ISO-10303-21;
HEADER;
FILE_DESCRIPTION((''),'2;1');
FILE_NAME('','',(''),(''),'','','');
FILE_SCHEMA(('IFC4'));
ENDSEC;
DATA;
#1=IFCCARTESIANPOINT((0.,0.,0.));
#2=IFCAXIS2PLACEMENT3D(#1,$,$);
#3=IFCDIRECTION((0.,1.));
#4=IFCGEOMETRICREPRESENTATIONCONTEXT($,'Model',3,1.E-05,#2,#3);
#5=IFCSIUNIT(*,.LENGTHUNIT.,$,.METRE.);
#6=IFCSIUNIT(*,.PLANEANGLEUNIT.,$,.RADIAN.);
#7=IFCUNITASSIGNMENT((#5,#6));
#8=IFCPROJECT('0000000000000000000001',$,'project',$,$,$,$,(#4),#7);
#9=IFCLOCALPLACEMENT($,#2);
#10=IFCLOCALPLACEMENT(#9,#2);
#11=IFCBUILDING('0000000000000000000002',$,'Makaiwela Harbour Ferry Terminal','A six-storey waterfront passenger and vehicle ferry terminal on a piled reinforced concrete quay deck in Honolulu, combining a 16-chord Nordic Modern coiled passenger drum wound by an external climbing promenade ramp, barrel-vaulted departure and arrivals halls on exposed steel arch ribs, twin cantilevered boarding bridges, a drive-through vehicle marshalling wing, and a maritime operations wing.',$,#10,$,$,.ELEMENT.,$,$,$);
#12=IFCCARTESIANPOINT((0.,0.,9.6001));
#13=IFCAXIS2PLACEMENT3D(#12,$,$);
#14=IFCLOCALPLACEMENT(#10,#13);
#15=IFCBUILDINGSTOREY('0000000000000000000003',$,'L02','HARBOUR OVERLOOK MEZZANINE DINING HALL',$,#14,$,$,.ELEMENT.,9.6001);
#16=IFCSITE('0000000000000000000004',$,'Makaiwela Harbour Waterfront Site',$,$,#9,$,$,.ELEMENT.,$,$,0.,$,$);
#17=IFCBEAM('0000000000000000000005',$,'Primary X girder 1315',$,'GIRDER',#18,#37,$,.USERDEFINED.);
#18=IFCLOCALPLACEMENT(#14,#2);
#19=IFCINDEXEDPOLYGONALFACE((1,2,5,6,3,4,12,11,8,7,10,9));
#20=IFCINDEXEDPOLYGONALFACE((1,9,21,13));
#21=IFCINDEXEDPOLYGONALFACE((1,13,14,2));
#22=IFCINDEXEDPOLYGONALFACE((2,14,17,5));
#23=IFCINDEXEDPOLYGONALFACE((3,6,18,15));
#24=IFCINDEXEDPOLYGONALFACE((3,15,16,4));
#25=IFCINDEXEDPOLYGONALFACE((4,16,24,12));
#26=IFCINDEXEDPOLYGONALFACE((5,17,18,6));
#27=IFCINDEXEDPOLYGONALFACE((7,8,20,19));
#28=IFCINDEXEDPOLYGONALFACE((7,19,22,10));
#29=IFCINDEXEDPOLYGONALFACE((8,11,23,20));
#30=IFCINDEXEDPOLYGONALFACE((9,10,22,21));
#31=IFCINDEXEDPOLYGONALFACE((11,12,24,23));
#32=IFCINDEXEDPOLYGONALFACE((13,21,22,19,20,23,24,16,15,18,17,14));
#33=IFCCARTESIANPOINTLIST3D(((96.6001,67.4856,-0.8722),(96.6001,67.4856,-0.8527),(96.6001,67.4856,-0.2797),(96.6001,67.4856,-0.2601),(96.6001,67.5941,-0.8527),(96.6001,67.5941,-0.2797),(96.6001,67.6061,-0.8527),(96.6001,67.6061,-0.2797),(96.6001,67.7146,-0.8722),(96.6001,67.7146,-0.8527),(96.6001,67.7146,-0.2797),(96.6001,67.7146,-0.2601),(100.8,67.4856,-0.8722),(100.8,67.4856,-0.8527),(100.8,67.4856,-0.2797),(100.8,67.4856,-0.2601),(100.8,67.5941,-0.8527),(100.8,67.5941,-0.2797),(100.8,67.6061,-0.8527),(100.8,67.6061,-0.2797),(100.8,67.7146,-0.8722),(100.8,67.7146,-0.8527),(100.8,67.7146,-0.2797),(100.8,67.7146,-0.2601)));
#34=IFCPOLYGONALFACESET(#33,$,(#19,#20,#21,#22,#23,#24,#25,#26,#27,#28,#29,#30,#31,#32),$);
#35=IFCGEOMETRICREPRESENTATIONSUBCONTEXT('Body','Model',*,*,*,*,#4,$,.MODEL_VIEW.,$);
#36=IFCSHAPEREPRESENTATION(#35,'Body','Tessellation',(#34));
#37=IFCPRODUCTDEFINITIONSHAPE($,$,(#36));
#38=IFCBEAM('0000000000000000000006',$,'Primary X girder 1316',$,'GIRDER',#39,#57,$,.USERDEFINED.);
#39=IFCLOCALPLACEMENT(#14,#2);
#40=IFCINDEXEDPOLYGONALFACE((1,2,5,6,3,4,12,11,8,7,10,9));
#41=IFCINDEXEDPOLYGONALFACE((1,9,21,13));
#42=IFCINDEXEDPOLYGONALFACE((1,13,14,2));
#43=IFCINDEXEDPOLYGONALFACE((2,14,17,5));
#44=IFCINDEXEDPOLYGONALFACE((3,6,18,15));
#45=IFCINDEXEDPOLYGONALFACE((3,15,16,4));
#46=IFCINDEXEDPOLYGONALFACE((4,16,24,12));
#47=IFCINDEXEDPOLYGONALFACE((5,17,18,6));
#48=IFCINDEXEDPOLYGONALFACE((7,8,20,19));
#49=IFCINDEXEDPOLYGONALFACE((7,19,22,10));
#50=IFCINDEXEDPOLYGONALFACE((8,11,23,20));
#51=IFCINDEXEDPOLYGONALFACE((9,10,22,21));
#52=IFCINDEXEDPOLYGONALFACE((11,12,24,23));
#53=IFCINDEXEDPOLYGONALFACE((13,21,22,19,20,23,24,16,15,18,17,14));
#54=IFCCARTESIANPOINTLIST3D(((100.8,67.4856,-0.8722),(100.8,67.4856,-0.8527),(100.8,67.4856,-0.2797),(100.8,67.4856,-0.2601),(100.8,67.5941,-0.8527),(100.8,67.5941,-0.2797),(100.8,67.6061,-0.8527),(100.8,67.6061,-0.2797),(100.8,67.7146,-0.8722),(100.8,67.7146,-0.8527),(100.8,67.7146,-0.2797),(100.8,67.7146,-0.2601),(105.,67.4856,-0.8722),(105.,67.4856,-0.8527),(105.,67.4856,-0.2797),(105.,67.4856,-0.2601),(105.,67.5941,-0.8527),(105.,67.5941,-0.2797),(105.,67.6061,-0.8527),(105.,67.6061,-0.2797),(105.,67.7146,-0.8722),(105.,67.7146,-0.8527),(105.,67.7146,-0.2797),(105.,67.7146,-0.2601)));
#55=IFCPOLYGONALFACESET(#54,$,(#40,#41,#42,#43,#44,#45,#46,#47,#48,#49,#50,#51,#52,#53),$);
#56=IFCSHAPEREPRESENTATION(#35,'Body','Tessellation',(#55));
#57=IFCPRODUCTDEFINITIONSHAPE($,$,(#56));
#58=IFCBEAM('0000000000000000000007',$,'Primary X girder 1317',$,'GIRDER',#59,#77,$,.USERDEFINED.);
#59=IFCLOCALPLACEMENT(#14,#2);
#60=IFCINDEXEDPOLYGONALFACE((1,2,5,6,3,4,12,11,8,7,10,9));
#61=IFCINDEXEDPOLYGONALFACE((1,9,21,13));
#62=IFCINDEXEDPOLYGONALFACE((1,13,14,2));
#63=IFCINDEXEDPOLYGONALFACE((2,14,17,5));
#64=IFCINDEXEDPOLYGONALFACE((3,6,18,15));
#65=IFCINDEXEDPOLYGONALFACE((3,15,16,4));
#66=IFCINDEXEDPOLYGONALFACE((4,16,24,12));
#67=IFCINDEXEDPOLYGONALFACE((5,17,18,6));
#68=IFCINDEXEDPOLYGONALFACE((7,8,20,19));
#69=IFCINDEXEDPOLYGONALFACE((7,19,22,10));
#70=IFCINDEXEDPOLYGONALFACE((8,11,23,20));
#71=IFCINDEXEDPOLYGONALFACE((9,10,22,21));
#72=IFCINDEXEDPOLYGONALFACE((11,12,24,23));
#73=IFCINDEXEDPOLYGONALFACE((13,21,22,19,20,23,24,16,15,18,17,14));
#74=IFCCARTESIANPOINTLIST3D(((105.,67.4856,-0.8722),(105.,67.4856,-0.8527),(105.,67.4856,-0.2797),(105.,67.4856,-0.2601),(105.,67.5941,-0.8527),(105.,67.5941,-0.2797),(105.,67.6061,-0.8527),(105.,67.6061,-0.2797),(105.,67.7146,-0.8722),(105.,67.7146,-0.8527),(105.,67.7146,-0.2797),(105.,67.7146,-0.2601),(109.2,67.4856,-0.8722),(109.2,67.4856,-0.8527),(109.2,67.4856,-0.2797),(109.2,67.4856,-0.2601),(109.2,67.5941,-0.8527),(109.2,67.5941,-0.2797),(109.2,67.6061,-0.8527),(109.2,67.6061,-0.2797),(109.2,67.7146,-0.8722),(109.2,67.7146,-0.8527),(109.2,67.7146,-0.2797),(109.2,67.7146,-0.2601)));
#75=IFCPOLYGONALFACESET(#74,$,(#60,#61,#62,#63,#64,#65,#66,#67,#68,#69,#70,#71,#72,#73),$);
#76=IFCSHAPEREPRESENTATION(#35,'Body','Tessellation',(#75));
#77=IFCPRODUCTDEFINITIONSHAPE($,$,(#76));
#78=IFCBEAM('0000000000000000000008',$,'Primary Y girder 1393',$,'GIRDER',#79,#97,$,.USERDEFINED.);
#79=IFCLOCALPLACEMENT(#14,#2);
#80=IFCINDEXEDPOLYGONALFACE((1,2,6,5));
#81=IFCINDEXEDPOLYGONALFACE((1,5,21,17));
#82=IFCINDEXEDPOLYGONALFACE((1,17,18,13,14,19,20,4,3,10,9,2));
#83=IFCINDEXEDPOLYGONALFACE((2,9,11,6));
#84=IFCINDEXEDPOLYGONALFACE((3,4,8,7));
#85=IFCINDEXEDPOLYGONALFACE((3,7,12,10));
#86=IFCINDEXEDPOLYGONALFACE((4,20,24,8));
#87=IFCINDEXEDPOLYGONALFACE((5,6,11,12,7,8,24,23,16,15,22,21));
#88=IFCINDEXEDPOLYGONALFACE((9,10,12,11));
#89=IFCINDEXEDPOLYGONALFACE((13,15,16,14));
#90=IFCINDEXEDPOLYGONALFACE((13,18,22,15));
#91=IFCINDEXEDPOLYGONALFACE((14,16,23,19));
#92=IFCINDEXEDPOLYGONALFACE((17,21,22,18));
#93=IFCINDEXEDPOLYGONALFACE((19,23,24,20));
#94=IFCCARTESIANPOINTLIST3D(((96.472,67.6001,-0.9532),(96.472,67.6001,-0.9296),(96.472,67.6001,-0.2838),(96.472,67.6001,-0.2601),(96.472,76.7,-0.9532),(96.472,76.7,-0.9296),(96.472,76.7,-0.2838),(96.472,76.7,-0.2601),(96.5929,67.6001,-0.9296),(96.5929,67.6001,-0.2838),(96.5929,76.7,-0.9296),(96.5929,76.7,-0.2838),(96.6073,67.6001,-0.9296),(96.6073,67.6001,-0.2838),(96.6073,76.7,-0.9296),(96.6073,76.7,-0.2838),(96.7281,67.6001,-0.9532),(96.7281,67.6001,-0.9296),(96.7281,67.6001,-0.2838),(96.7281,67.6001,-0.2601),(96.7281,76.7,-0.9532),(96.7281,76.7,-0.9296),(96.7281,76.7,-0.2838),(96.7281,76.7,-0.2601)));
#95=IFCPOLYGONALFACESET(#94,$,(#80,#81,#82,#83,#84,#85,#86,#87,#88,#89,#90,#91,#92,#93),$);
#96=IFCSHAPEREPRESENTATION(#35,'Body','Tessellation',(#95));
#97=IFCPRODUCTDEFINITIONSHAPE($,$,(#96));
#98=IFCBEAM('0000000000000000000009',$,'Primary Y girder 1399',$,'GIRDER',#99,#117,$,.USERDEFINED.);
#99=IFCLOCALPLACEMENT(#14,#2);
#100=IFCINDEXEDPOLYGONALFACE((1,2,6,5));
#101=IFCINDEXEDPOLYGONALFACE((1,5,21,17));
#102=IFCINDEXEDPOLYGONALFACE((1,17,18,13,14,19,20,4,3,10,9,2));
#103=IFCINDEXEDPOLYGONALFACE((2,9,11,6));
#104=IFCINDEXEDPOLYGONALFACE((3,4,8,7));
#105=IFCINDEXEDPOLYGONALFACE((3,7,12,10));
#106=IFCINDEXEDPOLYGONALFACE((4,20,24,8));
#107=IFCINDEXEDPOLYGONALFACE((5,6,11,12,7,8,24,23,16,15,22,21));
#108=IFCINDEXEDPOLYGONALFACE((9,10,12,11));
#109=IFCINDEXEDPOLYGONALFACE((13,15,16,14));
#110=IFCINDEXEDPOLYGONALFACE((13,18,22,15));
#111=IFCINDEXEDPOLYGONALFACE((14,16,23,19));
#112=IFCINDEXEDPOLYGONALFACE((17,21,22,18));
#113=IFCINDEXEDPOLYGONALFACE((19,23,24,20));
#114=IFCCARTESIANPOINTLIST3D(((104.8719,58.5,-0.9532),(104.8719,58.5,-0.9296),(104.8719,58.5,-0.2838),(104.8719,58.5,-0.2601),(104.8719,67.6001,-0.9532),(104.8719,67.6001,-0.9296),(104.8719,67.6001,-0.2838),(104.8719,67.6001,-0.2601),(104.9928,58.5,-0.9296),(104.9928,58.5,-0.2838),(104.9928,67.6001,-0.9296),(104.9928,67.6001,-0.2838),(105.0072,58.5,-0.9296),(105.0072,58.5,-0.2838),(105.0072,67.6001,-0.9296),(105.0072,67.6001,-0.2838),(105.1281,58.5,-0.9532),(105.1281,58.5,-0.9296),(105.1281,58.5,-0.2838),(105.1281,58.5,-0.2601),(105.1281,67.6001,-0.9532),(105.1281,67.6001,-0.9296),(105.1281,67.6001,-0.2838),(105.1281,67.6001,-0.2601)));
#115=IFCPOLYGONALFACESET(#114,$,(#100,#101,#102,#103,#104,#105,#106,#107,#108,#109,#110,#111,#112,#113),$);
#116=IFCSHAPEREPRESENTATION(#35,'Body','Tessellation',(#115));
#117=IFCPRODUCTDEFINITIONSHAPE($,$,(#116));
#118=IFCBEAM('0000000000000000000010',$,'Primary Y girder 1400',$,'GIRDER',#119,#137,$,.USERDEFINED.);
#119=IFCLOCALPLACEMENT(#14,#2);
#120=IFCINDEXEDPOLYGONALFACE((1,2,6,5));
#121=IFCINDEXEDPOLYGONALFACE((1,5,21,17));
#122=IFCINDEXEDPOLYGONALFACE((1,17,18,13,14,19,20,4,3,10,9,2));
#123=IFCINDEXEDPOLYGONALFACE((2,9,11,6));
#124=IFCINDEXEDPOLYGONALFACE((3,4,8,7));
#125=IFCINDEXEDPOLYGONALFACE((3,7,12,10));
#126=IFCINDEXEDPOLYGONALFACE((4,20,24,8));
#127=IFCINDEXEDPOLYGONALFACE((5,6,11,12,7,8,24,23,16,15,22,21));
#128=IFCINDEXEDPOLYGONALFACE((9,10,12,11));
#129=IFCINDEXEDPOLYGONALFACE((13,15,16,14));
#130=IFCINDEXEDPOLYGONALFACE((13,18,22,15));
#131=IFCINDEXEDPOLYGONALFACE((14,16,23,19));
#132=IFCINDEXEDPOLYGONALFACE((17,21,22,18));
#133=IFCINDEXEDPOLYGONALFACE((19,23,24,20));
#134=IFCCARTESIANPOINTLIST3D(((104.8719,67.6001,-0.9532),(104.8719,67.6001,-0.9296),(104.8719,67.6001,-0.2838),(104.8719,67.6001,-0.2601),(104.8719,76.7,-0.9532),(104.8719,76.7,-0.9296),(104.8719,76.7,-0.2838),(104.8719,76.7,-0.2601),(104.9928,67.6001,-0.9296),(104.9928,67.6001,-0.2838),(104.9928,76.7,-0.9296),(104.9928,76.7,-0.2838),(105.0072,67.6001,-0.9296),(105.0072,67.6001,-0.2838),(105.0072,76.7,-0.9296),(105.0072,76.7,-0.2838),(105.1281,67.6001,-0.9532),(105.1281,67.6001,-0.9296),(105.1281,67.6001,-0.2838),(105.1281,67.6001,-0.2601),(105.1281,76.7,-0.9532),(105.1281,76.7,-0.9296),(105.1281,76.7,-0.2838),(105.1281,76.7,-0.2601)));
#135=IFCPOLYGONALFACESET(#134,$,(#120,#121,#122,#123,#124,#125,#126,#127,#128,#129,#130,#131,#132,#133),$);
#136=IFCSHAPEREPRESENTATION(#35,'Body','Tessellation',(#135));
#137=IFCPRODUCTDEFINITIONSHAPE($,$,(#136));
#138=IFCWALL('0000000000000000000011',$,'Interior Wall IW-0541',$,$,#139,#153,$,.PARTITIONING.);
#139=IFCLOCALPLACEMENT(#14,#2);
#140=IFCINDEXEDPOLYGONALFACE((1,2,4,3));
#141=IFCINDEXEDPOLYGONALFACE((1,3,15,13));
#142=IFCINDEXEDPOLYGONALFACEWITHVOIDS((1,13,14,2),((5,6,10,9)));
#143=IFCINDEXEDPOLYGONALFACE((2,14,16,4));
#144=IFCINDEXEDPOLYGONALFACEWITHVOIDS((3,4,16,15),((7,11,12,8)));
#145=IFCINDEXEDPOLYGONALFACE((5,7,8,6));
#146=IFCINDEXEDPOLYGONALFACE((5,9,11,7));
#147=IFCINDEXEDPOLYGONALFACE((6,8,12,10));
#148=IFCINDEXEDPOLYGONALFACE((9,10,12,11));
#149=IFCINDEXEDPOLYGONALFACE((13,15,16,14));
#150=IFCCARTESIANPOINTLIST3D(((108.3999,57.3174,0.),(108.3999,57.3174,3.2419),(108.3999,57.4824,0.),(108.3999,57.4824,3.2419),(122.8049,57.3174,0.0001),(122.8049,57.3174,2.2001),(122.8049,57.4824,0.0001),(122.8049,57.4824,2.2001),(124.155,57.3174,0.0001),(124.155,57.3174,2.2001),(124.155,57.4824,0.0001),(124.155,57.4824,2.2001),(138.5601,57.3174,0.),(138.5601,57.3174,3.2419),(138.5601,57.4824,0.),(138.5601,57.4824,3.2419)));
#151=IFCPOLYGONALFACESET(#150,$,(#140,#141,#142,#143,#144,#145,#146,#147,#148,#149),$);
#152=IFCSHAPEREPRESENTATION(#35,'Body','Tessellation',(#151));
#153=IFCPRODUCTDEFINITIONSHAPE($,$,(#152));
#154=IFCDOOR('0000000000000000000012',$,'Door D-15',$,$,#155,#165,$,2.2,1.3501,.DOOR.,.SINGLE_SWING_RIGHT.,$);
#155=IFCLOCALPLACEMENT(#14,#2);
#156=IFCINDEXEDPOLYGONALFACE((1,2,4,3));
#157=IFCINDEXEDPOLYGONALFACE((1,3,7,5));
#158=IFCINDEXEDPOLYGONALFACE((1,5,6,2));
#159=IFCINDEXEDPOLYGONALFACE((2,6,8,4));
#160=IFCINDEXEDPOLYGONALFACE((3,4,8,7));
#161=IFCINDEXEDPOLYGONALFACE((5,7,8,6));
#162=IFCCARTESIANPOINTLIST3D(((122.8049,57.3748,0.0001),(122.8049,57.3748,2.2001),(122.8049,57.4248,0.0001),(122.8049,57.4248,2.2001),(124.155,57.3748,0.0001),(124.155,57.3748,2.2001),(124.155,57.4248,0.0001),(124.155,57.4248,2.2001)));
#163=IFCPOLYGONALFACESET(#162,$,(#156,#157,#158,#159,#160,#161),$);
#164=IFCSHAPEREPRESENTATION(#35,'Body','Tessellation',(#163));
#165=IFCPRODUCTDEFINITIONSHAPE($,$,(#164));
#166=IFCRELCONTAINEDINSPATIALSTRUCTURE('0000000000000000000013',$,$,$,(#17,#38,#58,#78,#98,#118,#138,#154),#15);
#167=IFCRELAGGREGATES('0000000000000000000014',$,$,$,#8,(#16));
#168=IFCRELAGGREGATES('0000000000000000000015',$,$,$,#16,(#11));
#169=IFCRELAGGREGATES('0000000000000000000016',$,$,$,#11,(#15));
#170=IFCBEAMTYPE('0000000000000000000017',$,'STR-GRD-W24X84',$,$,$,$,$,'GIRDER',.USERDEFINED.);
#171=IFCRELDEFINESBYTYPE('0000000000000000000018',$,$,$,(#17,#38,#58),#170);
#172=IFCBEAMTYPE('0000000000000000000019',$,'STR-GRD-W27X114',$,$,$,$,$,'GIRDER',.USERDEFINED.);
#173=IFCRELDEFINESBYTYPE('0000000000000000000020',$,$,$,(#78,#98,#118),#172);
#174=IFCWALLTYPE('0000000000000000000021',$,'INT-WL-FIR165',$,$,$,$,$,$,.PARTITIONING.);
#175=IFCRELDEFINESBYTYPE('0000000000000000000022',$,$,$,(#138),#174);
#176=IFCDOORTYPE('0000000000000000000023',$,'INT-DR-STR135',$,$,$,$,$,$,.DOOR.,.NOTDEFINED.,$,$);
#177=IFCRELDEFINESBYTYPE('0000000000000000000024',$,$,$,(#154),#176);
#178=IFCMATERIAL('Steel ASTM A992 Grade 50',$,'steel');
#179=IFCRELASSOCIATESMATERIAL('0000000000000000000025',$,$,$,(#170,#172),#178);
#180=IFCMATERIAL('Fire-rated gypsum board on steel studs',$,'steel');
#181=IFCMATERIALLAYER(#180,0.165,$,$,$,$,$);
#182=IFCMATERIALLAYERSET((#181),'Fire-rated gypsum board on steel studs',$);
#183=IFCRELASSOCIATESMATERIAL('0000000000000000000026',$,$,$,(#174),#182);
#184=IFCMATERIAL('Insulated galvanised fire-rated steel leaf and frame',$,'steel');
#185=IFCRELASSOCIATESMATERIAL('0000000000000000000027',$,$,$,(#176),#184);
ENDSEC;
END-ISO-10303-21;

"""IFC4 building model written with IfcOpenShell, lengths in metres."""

from ifc_helpers import new_model, si_unit, direction, frame, frame_2d, origin, origin_2d, place, context, subcontext, project, spatial, rectangle, i_section, extrude, material, layer, layer_set, material_profile, profile_set, type_object, element, fill, save


model = new_model("IFC4")

# Units and contexts
model_context = context("Model", 3, precision=1e-05, world=origin(), true_north=direction((0.0, 1.0)))
body_context = subcontext(model_context, "Body", "Model", "MODEL_VIEW")
ifc_project = project(units=[si_unit("LENGTHUNIT", "METRE"), si_unit("PLANEANGLEUNIT", "RADIAN")], contexts=[model_context])

# Site, building, storey
site_placement = place(None, origin())
site = spatial("IfcSite", under=ifc_project, at=site_placement, Name="Makaiwela Harbour Waterfront Site", CompositionType="ELEMENT", RefElevation=0.0)
building_placement = place(site_placement, origin())
building = spatial("IfcBuilding", under=site, at=building_placement, Name="Makaiwela Harbour Ferry Terminal", Description="A six-storey waterfront passenger and vehicle ferry terminal on a piled reinforced concrete quay deck in Honolulu, combining a 16-chord Nordic Modern coiled passenger drum wound by an external climbing promenade ramp, barrel-vaulted departure and arrivals halls on exposed steel arch ribs, twin cantilevered boarding bridges, a drive-through vehicle marshalling wing, and a maritime operations wing.", CompositionType="ELEMENT")
storey_placement = place(building_placement, frame((0.0, 0.0, 9.6001)))
storey = spatial("IfcBuildingStorey", under=building, at=storey_placement, Name="L02", Description="HARBOUR OVERLOOK MEZZANINE DINING HALL", CompositionType="ELEMENT", Elevation=9.6001)

# Shared definitions
ifc_material_1 = material(Name="Steel ASTM A992 Grade 50", Category="steel")

# Beams
ifc_material_profile_1 = material_profile(ifc_material_1, i_section(OverallWidth=0.229, OverallDepth=0.6121, WebThickness=0.012, FlangeThickness=0.0195, at=origin_2d()), Name="W24X84")
ifc_profile_set_1 = profile_set([ifc_material_profile_1], Name="Steel ASTM A992 Grade 50")
beam_type_1 = type_object("IfcBeamType", Name="STR-GRD-W24X84", ElementType="GIRDER", PredefinedType="USERDEFINED", material=ifc_profile_set_1)
for number, where, z_axis, x_axis, name in (
    (1, (96.6001, 67.6001, -0.5662), (1.0, 0.0, 0.0), (0.0, 1.0, 0.0), "Primary X girder 1315"),
    (2, (100.8, 67.6001, -0.5662), (1.0, 0.0, 0.0), (0.0, 1.0, 0.0), "Primary X girder 1316"),
    (3, (105.0, 67.6001, -0.5662), (1.0, 0.0, 0.0), (0.0, 1.0, 0.0), "Primary X girder 1317"),
):
    element("IfcBeam", number, at=place(storey_placement, frame(where, z_axis=z_axis, x_axis=x_axis)), inside=storey, type_object=beam_type_1, Name=name, ObjectType="GIRDER", PredefinedType="USERDEFINED", context=body_context, shape_type="SweptSolid", body=[
        extrude(i_section(OverallWidth=0.229, OverallDepth=0.6121, WebThickness=0.012, FlangeThickness=0.0195, at=origin_2d()), origin(), (0.0, 0.0, 1.0), 4.2),
    ])
ifc_material_profile_2 = material_profile(ifc_material_1, i_section(OverallWidth=0.2561, OverallDepth=0.6931, WebThickness=0.0144, FlangeThickness=0.0237, at=origin_2d()), Name="W27X114")
ifc_profile_set_2 = profile_set([ifc_material_profile_2], Name="Steel ASTM A992 Grade 50")
beam_type_2 = type_object("IfcBeamType", Name="STR-GRD-W27X114", ElementType="GIRDER", PredefinedType="USERDEFINED", material=ifc_profile_set_2)
beam_1_placement = place(storey_placement, frame((96.6001, 67.6001, -0.6067), z_axis=(0.0, 1.0, 0.0), x_axis=(-1.0, 0.0, 0.0)))
element("IfcBeam", 4, at=beam_1_placement, inside=storey, type_object=beam_type_2, Name="Primary Y girder 1393", ObjectType="GIRDER", PredefinedType="USERDEFINED", context=body_context, shape_type="SweptSolid", body=[
    extrude(i_section(OverallWidth=0.2561, OverallDepth=0.6931, WebThickness=0.0144, FlangeThickness=0.0237, at=origin_2d()), origin(), (0.0, 0.0, 1.0), 9.0999),
])
beam_2_placement = place(storey_placement, frame((105.0, 58.5, -0.6067), z_axis=(0.0, 1.0, 0.0), x_axis=(-1.0, 0.0, 0.0)))
element("IfcBeam", 5, at=beam_2_placement, inside=storey, type_object=beam_type_2, Name="Primary Y girder 1399", ObjectType="GIRDER", PredefinedType="USERDEFINED", context=body_context, shape_type="SweptSolid", body=[
    extrude(i_section(OverallWidth=0.2561, OverallDepth=0.6931, WebThickness=0.0144, FlangeThickness=0.0237, at=origin_2d()), origin(), (0.0, 0.0, 1.0), 9.1001),
])
beam_3_placement = place(storey_placement, frame((105.0, 67.6001, -0.6067), z_axis=(0.0, 1.0, 0.0), x_axis=(-1.0, 0.0, 0.0)))
element("IfcBeam", 6, at=beam_3_placement, inside=storey, type_object=beam_type_2, Name="Primary Y girder 1400", ObjectType="GIRDER", PredefinedType="USERDEFINED", context=body_context, shape_type="SweptSolid", body=[
    extrude(i_section(OverallWidth=0.2561, OverallDepth=0.6931, WebThickness=0.0144, FlangeThickness=0.0237, at=origin_2d()), origin(), (0.0, 0.0, 1.0), 9.0999),
])

# Wall, opening, door
ifc_material_2 = material(Name="Fire-rated gypsum board on steel studs", Category="steel")
ifc_layer_1 = layer(ifc_material_2, 0.165)
ifc_layer_set_1 = layer_set([ifc_layer_1], Name="Fire-rated gypsum board on steel studs")
wall_type_1 = type_object("IfcWallType", Name="INT-WL-FIR165", PredefinedType="PARTITIONING", material=ifc_layer_set_1)
wall_1_placement = place(storey_placement, frame((108.3999, 57.3999, 0.0), z_axis=(0.0, 0.0, 1.0), x_axis=(1.0, 0.0, 0.0)))
wall_1 = element("IfcWall", 7, at=wall_1_placement, inside=storey, type_object=wall_type_1, Name="Interior Wall IW-0541", PredefinedType="PARTITIONING", context=body_context, shape_type="SweptSolid", body=[
    extrude(rectangle(XDim=30.1602, YDim=0.165, at=frame_2d((15.0801, 0.0))), origin(), (0.0, 0.0, 1.0), 3.2419),
])
opening_1_placement = place(wall_1_placement, frame((14.405, 0.0, 0.0)))
opening_1 = element("IfcOpeningElement", 8, at=opening_1_placement, cuts=wall_1, PredefinedType="OPENING", context=body_context, shape_type="SweptSolid", body=[
    extrude(rectangle(XDim=1.3501, YDim=2.2, at=frame_2d((0.675, 1.1001))), frame((0.0, 0.0925, 0.0), z_axis=(0.0, -1.0, 0.0), x_axis=(1.0, 0.0, 0.0)), (0.0, 0.0, 1.0), 0.1851),
])
ifc_material_3 = material(Name="Insulated galvanised fire-rated steel leaf and frame", Category="steel")
door_type_1 = type_object("IfcDoorType", Name="INT-DR-STR135", OperationType="NOTDEFINED", PredefinedType="DOOR", material=ifc_material_3)
door_1_placement = place(opening_1_placement, origin())
door_1 = element("IfcDoor", 9, at=door_1_placement, inside=storey, type_object=door_type_1, Name="Door D-15", OperationType="SINGLE_SWING_RIGHT", OverallHeight=2.2, OverallWidth=1.3501, PredefinedType="DOOR", context=body_context, shape_type="SweptSolid", body=[
    extrude(rectangle(XDim=1.3501, YDim=2.2, at=frame_2d((0.675, 1.1001))), frame((0.0, 0.0249, 0.0), z_axis=(0.0, -1.0, 0.0), x_axis=(1.0, 0.0, 0.0)), (0.0, 0.0, 1.0), 0.05),
])
fill(opening_1, door_1)

save(model, "model.ifc")
